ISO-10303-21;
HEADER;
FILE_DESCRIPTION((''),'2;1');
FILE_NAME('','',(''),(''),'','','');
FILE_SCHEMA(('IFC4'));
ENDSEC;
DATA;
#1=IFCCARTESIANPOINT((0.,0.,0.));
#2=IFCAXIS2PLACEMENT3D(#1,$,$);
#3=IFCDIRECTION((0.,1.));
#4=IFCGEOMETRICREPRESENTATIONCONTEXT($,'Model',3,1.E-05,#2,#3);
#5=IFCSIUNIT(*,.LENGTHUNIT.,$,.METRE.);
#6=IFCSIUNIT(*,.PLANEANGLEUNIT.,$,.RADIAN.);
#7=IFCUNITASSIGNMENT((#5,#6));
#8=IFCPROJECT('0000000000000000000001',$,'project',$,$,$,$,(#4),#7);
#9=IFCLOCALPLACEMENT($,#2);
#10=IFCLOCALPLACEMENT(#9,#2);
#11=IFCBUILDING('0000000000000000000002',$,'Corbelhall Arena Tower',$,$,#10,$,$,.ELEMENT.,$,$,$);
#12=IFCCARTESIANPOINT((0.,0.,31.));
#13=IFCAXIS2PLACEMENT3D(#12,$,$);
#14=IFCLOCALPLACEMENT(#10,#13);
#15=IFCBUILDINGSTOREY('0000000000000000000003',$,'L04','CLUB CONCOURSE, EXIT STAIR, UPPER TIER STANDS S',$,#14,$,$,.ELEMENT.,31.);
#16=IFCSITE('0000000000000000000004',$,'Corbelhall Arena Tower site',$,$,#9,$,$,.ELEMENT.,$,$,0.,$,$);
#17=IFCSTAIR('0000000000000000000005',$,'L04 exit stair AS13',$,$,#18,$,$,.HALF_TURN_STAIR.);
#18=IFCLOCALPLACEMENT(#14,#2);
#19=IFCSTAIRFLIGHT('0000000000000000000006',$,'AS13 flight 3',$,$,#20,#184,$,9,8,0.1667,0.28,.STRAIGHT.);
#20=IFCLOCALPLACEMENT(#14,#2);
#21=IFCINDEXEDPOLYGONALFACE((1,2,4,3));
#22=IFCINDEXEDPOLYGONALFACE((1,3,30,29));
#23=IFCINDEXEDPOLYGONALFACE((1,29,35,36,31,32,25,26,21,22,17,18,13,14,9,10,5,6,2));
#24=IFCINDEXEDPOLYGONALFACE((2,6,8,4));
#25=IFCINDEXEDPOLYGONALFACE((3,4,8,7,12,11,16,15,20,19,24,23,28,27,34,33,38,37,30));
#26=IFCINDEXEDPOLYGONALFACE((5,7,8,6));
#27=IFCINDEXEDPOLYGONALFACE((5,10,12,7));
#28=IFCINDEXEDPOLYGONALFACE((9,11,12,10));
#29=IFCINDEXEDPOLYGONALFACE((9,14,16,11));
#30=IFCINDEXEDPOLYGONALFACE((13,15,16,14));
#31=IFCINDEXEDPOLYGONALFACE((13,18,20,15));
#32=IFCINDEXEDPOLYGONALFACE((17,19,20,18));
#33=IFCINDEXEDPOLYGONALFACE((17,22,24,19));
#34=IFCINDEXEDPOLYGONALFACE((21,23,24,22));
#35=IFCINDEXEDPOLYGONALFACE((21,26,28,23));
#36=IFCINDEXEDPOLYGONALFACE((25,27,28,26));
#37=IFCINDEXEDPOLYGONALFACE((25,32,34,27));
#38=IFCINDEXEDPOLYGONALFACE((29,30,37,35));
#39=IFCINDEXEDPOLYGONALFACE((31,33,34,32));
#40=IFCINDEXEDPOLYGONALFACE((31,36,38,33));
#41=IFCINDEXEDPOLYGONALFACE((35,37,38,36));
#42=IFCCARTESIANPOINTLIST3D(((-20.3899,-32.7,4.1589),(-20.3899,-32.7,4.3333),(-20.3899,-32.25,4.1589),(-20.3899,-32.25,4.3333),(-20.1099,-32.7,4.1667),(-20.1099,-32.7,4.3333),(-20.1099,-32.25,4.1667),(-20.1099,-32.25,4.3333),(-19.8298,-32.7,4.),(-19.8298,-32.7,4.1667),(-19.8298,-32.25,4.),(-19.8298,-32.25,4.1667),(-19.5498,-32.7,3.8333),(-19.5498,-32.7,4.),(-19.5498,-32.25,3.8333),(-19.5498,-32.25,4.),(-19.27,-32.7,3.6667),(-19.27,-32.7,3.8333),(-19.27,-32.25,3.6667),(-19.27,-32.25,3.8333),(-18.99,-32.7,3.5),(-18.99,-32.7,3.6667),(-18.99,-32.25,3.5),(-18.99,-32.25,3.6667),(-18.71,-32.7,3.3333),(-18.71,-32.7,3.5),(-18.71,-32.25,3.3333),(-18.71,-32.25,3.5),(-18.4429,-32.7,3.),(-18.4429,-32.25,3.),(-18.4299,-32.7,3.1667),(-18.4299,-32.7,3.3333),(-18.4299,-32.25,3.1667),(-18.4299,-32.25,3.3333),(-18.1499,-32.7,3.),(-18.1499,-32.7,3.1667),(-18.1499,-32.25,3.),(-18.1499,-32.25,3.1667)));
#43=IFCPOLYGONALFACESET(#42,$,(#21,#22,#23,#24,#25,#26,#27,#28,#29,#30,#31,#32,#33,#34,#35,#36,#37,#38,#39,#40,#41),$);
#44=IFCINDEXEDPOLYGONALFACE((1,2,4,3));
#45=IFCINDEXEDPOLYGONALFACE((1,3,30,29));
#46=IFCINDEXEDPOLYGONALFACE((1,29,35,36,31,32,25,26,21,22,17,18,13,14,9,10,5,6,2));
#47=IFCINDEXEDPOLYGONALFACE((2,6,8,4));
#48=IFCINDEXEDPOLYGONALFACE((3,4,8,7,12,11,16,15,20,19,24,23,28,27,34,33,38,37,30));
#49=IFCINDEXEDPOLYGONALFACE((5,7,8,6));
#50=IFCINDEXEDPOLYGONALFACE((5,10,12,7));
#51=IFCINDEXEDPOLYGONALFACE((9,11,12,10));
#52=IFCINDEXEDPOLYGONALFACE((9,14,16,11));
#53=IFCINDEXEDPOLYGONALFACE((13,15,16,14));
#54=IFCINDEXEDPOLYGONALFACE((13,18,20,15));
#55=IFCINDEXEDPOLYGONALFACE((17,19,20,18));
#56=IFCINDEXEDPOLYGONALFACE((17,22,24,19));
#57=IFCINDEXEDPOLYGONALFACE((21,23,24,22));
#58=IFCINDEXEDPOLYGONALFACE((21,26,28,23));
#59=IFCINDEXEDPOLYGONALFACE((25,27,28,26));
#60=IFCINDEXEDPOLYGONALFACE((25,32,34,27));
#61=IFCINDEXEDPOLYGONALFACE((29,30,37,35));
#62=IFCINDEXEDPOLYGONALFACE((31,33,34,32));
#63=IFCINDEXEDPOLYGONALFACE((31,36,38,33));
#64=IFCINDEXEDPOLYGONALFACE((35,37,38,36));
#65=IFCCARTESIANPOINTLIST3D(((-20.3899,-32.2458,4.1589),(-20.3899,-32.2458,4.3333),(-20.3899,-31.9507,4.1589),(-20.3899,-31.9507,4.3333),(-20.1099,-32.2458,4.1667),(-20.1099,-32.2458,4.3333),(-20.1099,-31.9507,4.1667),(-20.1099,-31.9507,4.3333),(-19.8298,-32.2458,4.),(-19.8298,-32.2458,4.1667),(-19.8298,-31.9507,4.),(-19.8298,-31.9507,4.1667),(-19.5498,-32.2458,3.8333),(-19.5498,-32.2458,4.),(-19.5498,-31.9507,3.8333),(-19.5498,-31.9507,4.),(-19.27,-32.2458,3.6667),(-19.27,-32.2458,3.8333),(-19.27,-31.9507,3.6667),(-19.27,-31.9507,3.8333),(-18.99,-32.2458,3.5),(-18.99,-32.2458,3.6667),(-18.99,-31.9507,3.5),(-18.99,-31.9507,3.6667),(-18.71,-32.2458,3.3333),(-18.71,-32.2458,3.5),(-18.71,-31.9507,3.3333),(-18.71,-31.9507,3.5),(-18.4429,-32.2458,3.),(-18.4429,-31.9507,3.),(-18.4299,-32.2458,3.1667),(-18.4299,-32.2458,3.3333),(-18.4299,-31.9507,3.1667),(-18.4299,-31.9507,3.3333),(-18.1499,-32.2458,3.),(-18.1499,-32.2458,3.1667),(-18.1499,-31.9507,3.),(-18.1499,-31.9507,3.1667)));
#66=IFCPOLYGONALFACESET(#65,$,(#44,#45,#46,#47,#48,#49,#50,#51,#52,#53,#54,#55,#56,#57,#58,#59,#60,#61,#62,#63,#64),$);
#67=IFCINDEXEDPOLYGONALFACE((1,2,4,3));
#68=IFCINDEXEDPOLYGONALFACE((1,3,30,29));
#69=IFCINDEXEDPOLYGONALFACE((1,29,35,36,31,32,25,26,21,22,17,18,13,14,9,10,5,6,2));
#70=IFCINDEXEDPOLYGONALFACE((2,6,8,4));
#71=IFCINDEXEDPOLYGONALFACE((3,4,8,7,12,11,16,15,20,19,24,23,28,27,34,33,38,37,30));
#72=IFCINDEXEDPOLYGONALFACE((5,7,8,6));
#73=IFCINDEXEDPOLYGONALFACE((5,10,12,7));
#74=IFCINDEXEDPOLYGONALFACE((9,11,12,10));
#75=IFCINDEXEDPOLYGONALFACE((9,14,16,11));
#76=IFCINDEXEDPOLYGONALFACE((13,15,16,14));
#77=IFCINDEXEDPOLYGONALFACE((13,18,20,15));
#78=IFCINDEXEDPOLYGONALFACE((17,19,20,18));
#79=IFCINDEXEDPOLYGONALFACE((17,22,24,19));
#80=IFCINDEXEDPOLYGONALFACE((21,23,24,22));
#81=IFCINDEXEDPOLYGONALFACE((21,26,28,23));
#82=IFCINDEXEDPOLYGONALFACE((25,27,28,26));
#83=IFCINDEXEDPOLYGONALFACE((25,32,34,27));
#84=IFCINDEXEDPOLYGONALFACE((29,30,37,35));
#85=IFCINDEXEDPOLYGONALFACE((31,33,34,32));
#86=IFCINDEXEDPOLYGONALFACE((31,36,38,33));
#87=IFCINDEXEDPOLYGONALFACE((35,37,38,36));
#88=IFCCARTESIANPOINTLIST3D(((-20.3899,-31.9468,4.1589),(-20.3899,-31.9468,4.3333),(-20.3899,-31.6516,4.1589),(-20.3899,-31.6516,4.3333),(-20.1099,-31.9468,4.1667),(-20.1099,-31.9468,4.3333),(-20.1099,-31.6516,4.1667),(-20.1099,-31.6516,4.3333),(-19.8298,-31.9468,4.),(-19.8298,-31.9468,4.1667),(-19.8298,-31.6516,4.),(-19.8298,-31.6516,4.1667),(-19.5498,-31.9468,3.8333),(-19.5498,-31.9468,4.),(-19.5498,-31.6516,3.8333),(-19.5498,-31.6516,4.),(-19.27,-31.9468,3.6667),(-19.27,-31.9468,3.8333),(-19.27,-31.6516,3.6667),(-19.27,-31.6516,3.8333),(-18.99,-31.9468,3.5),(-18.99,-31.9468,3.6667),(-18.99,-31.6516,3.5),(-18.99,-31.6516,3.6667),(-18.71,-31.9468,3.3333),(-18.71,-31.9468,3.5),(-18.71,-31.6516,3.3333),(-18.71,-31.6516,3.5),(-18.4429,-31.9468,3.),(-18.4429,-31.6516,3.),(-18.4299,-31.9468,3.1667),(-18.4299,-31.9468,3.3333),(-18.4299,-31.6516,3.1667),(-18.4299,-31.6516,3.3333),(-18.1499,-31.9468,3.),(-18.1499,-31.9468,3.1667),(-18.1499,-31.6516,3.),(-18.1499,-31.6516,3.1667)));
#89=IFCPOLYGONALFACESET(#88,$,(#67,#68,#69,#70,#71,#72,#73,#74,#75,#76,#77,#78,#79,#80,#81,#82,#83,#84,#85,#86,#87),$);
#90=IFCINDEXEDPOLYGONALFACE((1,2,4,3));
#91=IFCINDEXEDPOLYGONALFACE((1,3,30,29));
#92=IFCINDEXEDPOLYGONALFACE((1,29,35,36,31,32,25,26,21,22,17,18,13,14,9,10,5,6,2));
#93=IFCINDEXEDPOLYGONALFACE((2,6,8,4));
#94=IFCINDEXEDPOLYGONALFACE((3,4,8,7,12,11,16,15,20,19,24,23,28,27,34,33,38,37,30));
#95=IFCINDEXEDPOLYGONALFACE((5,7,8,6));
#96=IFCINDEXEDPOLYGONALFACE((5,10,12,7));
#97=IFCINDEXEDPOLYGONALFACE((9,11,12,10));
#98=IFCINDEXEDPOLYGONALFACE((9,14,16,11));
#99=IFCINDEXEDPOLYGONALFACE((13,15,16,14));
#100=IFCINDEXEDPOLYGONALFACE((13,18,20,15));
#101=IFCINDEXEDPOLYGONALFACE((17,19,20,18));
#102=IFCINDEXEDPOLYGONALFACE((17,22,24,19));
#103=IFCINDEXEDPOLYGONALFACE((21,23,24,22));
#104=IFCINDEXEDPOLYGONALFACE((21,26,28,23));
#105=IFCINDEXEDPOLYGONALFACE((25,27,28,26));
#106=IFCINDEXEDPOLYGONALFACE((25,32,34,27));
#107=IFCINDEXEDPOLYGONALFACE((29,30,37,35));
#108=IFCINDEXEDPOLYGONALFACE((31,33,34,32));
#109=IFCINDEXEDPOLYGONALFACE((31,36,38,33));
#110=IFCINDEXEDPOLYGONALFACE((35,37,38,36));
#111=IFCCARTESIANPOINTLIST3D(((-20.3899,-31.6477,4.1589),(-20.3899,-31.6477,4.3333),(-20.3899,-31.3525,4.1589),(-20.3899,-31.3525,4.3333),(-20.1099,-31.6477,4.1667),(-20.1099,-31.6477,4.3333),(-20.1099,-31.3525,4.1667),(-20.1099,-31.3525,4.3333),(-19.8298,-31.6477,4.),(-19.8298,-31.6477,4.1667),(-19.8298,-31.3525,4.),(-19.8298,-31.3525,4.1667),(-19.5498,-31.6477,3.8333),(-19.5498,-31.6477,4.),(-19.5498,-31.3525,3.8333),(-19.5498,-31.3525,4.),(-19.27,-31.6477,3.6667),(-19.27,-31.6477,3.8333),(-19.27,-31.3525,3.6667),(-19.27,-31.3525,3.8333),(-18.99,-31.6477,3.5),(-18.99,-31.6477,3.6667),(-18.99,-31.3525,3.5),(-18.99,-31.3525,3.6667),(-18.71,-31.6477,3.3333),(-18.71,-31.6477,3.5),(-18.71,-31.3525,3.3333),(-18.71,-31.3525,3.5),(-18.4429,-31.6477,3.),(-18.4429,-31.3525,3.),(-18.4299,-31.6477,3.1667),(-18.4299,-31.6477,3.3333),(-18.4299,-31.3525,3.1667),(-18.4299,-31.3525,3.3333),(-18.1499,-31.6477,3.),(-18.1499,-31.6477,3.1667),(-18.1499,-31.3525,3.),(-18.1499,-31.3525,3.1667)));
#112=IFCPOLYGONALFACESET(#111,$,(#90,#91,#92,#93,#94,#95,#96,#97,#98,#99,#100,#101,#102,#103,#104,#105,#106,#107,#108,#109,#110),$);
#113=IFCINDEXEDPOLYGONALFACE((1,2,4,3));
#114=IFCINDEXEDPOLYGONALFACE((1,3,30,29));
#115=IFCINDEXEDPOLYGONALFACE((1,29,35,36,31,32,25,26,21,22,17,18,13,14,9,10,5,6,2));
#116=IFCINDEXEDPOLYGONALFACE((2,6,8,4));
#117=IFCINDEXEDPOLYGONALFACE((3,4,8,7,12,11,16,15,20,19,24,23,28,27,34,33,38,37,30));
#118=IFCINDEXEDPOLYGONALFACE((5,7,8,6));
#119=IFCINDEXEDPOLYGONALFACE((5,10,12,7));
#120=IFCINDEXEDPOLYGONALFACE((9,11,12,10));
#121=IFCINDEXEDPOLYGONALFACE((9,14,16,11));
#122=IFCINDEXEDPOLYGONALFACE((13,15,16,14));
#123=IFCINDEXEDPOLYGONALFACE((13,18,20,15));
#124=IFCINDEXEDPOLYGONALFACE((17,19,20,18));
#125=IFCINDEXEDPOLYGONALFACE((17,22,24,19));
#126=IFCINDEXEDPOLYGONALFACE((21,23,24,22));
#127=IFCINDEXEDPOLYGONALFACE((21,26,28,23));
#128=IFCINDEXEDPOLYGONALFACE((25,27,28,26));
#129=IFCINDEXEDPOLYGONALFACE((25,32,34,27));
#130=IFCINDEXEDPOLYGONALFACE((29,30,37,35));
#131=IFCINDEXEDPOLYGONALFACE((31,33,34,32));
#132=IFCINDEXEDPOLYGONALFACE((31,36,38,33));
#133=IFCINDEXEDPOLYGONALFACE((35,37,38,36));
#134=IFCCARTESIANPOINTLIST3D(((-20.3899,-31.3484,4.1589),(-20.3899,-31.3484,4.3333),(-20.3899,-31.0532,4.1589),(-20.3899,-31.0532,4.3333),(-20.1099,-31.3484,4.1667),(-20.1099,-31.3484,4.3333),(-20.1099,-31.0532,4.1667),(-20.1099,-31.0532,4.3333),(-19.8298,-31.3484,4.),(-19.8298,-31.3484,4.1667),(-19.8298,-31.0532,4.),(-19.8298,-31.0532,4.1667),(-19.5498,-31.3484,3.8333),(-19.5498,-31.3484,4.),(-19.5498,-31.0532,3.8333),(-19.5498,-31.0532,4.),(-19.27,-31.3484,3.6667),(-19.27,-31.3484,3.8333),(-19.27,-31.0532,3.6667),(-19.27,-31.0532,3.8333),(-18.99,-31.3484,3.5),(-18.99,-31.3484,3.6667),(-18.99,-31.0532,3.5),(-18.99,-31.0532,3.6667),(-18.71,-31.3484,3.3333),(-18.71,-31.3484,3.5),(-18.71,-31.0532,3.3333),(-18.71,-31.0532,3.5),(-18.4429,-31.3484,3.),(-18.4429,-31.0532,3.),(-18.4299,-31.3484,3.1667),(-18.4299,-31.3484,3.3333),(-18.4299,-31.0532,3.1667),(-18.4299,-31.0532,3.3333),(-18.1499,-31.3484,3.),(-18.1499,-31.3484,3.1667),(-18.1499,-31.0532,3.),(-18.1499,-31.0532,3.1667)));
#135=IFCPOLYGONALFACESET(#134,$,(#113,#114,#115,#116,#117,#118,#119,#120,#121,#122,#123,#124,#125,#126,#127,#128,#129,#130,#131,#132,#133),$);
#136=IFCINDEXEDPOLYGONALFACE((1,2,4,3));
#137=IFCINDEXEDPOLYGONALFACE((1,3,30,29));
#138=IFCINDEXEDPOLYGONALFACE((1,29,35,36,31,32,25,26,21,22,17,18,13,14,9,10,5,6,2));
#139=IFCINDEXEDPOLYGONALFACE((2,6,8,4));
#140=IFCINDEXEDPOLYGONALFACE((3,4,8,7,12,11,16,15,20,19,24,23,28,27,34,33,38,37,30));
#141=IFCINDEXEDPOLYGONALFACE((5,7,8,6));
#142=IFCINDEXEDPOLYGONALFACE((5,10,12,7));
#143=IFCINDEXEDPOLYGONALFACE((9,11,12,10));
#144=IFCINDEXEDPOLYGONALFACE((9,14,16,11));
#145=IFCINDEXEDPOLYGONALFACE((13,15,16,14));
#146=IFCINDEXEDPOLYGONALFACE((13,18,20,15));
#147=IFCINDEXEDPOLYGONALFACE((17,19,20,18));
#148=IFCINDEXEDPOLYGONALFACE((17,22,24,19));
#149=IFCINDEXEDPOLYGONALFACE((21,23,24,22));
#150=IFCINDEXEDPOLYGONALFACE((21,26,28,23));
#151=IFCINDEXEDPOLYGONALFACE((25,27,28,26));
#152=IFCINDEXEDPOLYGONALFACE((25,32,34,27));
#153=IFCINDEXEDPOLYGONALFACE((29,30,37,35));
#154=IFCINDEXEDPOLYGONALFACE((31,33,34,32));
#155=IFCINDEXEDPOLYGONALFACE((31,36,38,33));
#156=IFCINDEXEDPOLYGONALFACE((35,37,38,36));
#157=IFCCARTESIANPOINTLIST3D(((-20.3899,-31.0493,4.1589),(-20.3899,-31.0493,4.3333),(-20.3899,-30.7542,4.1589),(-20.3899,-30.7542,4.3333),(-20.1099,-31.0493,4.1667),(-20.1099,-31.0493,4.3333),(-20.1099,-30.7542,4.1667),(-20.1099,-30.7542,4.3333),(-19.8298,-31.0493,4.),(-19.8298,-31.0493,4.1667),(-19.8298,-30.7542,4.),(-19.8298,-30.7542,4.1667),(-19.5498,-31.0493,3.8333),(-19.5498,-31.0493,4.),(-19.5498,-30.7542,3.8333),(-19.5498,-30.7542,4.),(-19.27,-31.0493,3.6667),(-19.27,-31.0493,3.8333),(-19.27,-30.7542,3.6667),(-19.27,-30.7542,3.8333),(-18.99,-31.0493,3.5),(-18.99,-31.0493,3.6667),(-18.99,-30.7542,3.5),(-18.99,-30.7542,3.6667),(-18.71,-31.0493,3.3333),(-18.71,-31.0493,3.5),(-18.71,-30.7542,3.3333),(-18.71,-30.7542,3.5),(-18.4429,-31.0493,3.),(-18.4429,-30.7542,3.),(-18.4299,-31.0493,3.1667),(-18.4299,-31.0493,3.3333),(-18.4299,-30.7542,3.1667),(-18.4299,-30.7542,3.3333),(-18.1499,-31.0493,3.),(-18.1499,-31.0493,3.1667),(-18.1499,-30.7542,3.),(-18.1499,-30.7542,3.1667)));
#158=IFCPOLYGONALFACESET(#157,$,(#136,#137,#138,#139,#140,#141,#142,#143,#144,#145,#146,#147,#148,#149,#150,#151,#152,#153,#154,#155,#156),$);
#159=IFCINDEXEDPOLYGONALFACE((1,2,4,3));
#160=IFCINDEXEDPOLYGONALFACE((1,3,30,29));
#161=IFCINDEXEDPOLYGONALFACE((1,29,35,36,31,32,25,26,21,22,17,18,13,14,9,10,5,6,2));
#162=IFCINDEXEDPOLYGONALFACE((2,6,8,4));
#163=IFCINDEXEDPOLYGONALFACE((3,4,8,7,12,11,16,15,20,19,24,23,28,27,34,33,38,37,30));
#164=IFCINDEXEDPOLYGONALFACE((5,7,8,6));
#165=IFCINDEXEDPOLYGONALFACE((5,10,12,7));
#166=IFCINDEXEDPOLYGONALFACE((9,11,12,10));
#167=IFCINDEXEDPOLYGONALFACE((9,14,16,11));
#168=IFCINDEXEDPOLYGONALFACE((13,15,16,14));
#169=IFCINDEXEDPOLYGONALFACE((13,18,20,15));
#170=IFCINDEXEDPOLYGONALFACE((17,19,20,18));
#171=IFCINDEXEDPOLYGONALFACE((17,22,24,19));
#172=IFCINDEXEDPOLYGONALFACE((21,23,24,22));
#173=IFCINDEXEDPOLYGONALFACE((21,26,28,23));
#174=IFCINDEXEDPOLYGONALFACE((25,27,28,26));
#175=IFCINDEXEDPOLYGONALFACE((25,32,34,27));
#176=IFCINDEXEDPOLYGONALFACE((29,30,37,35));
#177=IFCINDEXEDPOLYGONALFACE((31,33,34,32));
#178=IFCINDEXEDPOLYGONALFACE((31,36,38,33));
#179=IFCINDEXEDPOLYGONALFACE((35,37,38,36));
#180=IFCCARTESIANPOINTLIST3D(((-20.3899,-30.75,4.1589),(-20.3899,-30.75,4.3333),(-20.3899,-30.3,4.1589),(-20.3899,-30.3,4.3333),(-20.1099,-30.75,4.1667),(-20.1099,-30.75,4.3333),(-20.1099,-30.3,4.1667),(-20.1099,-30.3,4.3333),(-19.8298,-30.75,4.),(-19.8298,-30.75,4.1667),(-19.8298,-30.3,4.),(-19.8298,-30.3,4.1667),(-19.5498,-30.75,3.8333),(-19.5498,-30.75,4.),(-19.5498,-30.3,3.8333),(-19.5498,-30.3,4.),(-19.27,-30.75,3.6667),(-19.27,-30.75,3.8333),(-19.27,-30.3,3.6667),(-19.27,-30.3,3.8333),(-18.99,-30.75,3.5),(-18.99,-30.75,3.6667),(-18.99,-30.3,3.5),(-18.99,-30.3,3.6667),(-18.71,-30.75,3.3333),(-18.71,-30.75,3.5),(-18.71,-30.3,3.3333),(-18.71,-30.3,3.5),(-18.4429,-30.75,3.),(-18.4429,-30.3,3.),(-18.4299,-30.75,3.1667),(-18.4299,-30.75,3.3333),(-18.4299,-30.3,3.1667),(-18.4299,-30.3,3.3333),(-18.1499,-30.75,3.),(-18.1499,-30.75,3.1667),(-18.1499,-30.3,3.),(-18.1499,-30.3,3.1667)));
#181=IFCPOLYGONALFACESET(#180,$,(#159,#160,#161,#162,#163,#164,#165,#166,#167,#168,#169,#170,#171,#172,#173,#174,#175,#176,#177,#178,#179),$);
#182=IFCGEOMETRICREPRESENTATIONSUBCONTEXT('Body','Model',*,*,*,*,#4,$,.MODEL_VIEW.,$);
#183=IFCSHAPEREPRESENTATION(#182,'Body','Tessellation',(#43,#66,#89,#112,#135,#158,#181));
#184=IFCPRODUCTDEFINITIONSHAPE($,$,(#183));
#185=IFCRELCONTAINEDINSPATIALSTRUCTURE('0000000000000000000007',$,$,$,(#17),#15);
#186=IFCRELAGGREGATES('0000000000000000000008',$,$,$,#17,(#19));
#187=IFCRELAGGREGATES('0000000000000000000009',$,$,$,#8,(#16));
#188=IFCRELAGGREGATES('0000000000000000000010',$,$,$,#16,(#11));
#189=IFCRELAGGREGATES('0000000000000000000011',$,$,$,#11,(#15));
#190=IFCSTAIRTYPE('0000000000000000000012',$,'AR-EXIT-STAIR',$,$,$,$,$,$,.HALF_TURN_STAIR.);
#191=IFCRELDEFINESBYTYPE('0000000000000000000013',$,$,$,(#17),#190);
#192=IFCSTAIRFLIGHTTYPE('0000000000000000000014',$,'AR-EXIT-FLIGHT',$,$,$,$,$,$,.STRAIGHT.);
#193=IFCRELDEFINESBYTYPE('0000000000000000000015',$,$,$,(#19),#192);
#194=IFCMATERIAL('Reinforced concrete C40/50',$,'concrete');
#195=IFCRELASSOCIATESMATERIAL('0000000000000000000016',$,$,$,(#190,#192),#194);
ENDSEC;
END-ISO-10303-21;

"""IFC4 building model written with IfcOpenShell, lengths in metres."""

from ifc_helpers import new_model, si_unit, direction, frame, origin, place, context, subcontext, project, spatial, polyline, outline, extrude, material, type_object, element, aggregate, save


model = new_model("IFC4")

# Units and contexts
model_context = context("Model", 3, precision=1e-05, world=origin(), true_north=direction((0.0, 1.0)))
body_context = subcontext(model_context, "Body", "Model", "MODEL_VIEW")
ifc_project = project(units=[si_unit("LENGTHUNIT", "METRE"), si_unit("PLANEANGLEUNIT", "RADIAN")], contexts=[model_context])

# Site, building, storey
site_placement = place(None, origin())
site = spatial("IfcSite", under=ifc_project, at=site_placement, Name="Corbelhall Arena Tower site", CompositionType="ELEMENT", RefElevation=0.0)
building_placement = place(site_placement, origin())
building = spatial("IfcBuilding", under=site, at=building_placement, Name="Corbelhall Arena Tower", CompositionType="ELEMENT")
storey_placement = place(building_placement, frame((0.0, 0.0, 31.0)))
storey = spatial("IfcBuildingStorey", under=building, at=storey_placement, Name="L04", Description="CLUB CONCOURSE, EXIT STAIR, UPPER TIER STANDS S", CompositionType="ELEMENT", Elevation=31.0)

# Shared definitions
ifc_material_1 = material(Name="Reinforced concrete C40/50", Category="concrete")

# Stair, stair flight
stair_type = type_object("IfcStairType", Name="AR-EXIT-STAIR", PredefinedType="HALF_TURN_STAIR", material=ifc_material_1)
stair_1_placement = place(storey_placement, origin())
stair_1 = element("IfcStair", 1, at=stair_1_placement, inside=storey, type_object=stair_type, Name="L04 exit stair AS13", PredefinedType="HALF_TURN_STAIR")
stair_flight_type = type_object("IfcStairFlightType", Name="AR-EXIT-FLIGHT", PredefinedType="STRAIGHT", material=ifc_material_1)
stair_flight_1_placement = place(storey_placement, frame((-18.1499, -31.5, 3.0), z_axis=(0.0, 0.0, 1.0), x_axis=(-1.0, 0.0, 0.0)))
stair_flight_1 = element("IfcStairFlight", 2, at=stair_flight_1_placement, type_object=stair_flight_type, Name="AS13 flight 3", NumberOfRisers=9, NumberOfTreads=8, PredefinedType="STRAIGHT", RiserHeight=0.1667, TreadLength=0.28, context=body_context, shape_type="SweptSolid", body=[
    extrude(outline(polyline([(0.0, 0.0), (0.0, 0.1667), (0.28, 0.1667), (0.28, 0.3333), (0.5601, 0.3333), (0.5601, 0.5), (0.8401, 0.5), (0.8401, 0.6667), (1.1201, 0.6667), (1.1201, 0.8333), (1.3999, 0.8333), (1.3999, 1.0), (1.6799, 1.0), (1.6799, 1.1667), (1.96, 1.1667), (1.96, 1.3333), (2.24, 1.3333), (2.24, 1.5), (2.24, 1.1589), (0.293, 0.0), (0.0, 0.0)])), frame((0.0, 1.2, 0.0), z_axis=(0.0, -1.0, 0.0), x_axis=(1.0, 0.0, 0.0)), (0.0, 0.0, 1.0), 0.45),
    extrude(outline(polyline([(0.0, 0.0), (0.0, 0.1667), (0.28, 0.1667), (0.28, 0.3333), (0.5601, 0.3333), (0.5601, 0.5), (0.8401, 0.5), (0.8401, 0.6667), (1.1201, 0.6667), (1.1201, 0.8333), (1.3999, 0.8333), (1.3999, 1.0), (1.6799, 1.0), (1.6799, 1.1667), (1.96, 1.1667), (1.96, 1.3333), (2.24, 1.3333), (2.24, 1.5), (2.24, 1.1589), (0.293, 0.0), (0.0, 0.0)])), frame((0.0, 0.7458, 0.0), z_axis=(0.0, -1.0, 0.0), x_axis=(1.0, 0.0, 0.0)), (0.0, 0.0, 1.0), 0.2952),
    extrude(outline(polyline([(0.0, 0.0), (0.0, 0.1667), (0.28, 0.1667), (0.28, 0.3333), (0.5601, 0.3333), (0.5601, 0.5), (0.8401, 0.5), (0.8401, 0.6667), (1.1201, 0.6667), (1.1201, 0.8333), (1.3999, 0.8333), (1.3999, 1.0), (1.6799, 1.0), (1.6799, 1.1667), (1.96, 1.1667), (1.96, 1.3333), (2.24, 1.3333), (2.24, 1.5), (2.24, 1.1589), (0.293, 0.0), (0.0, 0.0)])), frame((0.0, 0.4468, 0.0), z_axis=(0.0, -1.0, 0.0), x_axis=(1.0, 0.0, 0.0)), (0.0, 0.0, 1.0), 0.2952),
    extrude(outline(polyline([(0.0, 0.0), (0.0, 0.1667), (0.28, 0.1667), (0.28, 0.3333), (0.5601, 0.3333), (0.5601, 0.5), (0.8401, 0.5), (0.8401, 0.6667), (1.1201, 0.6667), (1.1201, 0.8333), (1.3999, 0.8333), (1.3999, 1.0), (1.6799, 1.0), (1.6799, 1.1667), (1.96, 1.1667), (1.96, 1.3333), (2.24, 1.3333), (2.24, 1.5), (2.24, 1.1589), (0.293, 0.0), (0.0, 0.0)])), frame((0.0, 0.1477, 0.0), z_axis=(0.0, -1.0, 0.0), x_axis=(1.0, 0.0, 0.0)), (0.0, 0.0, 1.0), 0.2952),
    extrude(outline(polyline([(0.0, 0.0), (0.0, 0.1667), (0.28, 0.1667), (0.28, 0.3333), (0.5601, 0.3333), (0.5601, 0.5), (0.8401, 0.5), (0.8401, 0.6667), (1.1201, 0.6667), (1.1201, 0.8333), (1.3999, 0.8333), (1.3999, 1.0), (1.6799, 1.0), (1.6799, 1.1667), (1.96, 1.1667), (1.96, 1.3333), (2.24, 1.3333), (2.24, 1.5), (2.24, 1.1589), (0.293, 0.0), (0.0, 0.0)])), frame((0.0, -0.1516, 0.0), z_axis=(0.0, -1.0, 0.0), x_axis=(1.0, 0.0, 0.0)), (0.0, 0.0, 1.0), 0.2952),
    extrude(outline(polyline([(0.0, 0.0), (0.0, 0.1667), (0.28, 0.1667), (0.28, 0.3333), (0.5601, 0.3333), (0.5601, 0.5), (0.8401, 0.5), (0.8401, 0.6667), (1.1201, 0.6667), (1.1201, 0.8333), (1.3999, 0.8333), (1.3999, 1.0), (1.6799, 1.0), (1.6799, 1.1667), (1.96, 1.1667), (1.96, 1.3333), (2.24, 1.3333), (2.24, 1.5), (2.24, 1.1589), (0.293, 0.0), (0.0, 0.0)])), frame((0.0, -0.4507, 0.0), z_axis=(0.0, -1.0, 0.0), x_axis=(1.0, 0.0, 0.0)), (0.0, 0.0, 1.0), 0.2952),
    extrude(outline(polyline([(0.0, 0.0), (0.0, 0.1667), (0.28, 0.1667), (0.28, 0.3333), (0.5601, 0.3333), (0.5601, 0.5), (0.8401, 0.5), (0.8401, 0.6667), (1.1201, 0.6667), (1.1201, 0.8333), (1.3999, 0.8333), (1.3999, 1.0), (1.6799, 1.0), (1.6799, 1.1667), (1.96, 1.1667), (1.96, 1.3333), (2.24, 1.3333), (2.24, 1.5), (2.24, 1.1589), (0.293, 0.0), (0.0, 0.0)])), frame((0.0, -0.75, 0.0), z_axis=(0.0, -1.0, 0.0), x_axis=(1.0, 0.0, 0.0)), (0.0, 0.0, 1.0), 0.45),
])
aggregate(stair_1, [stair_flight_1])

save(model, "model.ifc")
